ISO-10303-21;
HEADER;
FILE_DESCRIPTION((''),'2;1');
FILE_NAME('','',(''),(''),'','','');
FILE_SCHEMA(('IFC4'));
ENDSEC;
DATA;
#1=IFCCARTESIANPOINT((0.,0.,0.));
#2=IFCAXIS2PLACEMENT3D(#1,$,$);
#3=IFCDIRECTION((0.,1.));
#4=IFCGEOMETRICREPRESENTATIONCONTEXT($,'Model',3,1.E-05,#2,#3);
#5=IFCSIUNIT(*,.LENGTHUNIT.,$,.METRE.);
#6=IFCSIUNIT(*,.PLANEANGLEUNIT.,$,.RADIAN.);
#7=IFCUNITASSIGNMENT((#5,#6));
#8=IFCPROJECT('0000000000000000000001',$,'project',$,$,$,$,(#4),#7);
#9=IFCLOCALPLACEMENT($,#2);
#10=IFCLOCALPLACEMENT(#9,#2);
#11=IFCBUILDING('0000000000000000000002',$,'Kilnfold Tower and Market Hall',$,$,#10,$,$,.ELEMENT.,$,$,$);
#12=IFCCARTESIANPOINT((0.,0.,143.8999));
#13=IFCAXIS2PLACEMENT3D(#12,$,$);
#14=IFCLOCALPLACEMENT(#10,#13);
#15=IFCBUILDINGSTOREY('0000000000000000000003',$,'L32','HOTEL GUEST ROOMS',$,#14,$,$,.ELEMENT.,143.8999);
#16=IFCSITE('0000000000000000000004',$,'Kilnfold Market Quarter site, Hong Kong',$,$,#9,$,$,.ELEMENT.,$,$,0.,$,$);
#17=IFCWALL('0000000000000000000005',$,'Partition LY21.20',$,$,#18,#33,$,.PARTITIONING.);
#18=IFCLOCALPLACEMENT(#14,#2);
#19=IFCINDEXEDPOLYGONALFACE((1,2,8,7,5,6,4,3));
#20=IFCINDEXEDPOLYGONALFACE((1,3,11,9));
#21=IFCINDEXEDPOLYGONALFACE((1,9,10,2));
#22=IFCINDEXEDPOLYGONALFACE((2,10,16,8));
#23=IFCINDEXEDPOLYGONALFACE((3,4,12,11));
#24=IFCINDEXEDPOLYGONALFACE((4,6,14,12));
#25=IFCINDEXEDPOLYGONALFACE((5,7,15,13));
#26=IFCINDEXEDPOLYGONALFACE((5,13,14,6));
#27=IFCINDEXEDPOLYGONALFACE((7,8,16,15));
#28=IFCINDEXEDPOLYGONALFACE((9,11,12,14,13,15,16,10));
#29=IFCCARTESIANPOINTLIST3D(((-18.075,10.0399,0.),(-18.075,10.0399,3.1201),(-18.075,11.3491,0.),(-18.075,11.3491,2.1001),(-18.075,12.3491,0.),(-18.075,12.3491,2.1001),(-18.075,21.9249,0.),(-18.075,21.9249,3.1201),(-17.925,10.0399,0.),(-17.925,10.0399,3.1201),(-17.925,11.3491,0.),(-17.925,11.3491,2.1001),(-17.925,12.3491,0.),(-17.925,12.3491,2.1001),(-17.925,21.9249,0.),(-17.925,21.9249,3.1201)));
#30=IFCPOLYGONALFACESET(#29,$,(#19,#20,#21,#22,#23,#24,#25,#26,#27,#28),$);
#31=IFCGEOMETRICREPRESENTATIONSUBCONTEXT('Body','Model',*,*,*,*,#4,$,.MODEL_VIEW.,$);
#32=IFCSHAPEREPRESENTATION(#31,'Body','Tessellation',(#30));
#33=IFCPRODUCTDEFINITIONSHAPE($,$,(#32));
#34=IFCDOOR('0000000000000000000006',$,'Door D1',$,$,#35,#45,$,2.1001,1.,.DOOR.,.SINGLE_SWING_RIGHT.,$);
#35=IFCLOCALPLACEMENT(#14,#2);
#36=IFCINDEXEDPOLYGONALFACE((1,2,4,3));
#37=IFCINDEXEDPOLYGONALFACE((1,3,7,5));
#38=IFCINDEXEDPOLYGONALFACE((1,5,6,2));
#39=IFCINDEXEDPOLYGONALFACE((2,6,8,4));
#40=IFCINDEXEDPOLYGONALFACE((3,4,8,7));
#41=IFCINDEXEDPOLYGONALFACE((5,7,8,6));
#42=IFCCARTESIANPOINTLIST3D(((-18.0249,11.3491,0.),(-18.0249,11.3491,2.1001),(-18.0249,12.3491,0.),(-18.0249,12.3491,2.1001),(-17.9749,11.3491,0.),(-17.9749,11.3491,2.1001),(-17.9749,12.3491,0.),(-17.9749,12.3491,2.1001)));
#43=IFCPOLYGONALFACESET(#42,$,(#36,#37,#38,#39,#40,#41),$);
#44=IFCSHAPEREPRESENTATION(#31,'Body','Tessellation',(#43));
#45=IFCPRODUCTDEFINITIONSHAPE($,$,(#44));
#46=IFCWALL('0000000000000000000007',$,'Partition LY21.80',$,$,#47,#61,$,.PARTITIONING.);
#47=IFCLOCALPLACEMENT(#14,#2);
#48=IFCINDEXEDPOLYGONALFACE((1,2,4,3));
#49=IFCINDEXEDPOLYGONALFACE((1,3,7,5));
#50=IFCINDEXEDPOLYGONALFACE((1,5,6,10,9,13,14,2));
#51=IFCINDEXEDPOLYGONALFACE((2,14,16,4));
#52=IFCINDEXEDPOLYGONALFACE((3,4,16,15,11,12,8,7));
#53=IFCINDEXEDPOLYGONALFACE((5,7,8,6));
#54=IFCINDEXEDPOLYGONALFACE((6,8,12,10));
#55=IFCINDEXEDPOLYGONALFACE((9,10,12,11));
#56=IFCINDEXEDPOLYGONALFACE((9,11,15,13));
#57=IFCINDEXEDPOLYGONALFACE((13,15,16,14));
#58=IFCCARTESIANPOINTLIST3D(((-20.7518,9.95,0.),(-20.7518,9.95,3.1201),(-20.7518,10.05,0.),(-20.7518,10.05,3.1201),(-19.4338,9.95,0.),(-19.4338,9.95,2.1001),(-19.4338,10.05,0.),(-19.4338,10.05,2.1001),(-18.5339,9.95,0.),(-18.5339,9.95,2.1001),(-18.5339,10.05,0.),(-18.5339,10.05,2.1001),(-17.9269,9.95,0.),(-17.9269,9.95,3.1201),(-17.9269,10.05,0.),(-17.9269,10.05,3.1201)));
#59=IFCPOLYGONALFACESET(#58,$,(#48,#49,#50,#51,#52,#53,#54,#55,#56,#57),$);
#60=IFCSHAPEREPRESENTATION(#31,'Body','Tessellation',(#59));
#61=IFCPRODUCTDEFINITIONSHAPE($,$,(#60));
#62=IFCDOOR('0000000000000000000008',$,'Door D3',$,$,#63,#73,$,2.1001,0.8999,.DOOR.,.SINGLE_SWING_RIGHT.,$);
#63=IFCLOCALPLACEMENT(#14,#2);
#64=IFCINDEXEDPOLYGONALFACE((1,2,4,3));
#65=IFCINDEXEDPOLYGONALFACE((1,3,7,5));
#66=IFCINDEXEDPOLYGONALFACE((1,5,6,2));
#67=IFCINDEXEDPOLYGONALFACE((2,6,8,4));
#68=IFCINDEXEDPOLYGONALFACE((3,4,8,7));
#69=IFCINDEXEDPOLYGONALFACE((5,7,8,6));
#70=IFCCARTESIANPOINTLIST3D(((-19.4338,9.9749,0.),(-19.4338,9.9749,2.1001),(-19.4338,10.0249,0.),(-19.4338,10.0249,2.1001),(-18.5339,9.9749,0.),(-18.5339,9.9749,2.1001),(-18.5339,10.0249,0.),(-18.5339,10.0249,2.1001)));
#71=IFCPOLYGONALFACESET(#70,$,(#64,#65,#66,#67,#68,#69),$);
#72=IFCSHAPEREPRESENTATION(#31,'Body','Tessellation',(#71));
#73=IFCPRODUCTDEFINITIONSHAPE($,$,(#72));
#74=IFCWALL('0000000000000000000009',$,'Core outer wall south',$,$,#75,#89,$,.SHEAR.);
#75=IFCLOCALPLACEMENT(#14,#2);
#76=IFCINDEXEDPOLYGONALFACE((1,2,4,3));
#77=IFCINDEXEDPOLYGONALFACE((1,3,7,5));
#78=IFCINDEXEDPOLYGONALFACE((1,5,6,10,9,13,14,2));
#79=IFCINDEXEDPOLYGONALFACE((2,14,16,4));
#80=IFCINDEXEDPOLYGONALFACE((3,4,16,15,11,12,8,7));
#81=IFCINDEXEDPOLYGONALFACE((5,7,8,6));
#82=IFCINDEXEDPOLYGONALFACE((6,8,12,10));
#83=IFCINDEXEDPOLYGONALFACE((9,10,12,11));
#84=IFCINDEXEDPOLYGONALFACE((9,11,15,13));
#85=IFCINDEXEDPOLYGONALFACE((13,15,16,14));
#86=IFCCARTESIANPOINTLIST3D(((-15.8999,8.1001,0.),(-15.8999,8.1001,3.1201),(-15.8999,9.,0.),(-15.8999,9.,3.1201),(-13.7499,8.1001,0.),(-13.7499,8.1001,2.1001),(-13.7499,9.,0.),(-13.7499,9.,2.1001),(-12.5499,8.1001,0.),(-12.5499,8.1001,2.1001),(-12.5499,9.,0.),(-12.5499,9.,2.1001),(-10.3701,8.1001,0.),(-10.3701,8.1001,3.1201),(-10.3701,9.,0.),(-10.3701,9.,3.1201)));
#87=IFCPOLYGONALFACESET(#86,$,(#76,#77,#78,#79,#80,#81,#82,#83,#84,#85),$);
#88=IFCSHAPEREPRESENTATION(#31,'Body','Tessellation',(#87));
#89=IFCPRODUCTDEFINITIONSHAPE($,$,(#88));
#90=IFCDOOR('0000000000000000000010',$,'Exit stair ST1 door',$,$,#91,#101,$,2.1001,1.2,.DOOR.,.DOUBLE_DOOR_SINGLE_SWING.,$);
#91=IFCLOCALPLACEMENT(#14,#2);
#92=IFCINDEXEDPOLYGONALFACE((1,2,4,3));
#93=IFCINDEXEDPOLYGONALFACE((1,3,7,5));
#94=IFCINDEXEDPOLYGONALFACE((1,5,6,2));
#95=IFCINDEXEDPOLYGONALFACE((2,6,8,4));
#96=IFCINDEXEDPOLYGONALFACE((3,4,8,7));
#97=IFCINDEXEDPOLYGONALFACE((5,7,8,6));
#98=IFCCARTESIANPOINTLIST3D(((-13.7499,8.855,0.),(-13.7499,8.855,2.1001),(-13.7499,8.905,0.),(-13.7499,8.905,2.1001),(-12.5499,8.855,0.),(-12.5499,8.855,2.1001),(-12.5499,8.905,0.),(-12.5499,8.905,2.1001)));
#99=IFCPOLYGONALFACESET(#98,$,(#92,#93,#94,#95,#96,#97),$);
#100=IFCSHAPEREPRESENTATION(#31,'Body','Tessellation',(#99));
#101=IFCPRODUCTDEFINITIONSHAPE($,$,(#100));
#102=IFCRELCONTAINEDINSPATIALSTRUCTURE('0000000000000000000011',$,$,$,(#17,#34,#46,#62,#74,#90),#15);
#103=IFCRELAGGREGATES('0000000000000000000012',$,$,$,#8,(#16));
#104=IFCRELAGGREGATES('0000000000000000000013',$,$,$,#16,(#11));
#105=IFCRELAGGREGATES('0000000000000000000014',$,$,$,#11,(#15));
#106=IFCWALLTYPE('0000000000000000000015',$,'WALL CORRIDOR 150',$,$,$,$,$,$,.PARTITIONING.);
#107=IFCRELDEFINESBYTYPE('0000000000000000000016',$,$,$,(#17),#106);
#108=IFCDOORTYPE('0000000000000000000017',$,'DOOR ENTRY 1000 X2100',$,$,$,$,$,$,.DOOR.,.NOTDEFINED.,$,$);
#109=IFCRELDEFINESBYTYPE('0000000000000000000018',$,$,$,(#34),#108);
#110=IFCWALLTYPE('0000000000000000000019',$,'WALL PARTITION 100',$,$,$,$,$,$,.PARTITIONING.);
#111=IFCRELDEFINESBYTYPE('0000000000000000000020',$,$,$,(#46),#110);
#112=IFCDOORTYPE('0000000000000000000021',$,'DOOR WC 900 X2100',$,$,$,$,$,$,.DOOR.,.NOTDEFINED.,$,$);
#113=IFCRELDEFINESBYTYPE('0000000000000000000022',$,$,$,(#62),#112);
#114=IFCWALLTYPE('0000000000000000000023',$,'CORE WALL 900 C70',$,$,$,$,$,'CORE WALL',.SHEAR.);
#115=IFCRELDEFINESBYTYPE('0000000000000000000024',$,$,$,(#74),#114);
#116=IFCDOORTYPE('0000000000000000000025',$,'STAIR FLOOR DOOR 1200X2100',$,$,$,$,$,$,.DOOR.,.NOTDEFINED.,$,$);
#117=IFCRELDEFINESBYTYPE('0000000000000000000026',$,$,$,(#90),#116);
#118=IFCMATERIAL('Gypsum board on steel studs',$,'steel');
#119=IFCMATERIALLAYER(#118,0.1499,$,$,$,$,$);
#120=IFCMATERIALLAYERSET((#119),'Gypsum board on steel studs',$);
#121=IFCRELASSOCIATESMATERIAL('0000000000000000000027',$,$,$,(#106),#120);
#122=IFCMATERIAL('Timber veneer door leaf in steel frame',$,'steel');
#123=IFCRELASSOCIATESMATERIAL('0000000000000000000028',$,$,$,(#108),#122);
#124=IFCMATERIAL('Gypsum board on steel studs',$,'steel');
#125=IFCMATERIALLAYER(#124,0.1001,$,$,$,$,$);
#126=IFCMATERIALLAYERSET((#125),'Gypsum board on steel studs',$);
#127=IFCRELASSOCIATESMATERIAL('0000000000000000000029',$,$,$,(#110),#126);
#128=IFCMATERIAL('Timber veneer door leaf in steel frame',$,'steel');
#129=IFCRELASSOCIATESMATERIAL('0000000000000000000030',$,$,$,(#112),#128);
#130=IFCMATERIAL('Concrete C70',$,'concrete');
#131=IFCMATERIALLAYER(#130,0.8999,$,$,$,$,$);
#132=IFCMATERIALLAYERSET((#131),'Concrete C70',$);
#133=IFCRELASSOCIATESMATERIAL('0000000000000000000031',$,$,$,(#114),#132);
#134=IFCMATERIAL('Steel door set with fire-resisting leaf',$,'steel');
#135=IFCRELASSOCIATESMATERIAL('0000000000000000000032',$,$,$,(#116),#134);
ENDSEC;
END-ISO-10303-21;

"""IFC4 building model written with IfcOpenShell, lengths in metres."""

from ifc_helpers import new_model, si_unit, direction, frame, frame_2d, origin, place, context, subcontext, project, spatial, rectangle, extrude, source, transform, mapped, material, layer, layer_set, type_object, element, fill, save


model = new_model("IFC4")

# Units and contexts
model_context = context("Model", 3, precision=1e-05, world=origin(), true_north=direction((0.0, 1.0)))
body_context = subcontext(model_context, "Body", "Model", "MODEL_VIEW")
ifc_project = project(units=[si_unit("LENGTHUNIT", "METRE"), si_unit("PLANEANGLEUNIT", "RADIAN")], contexts=[model_context])

# Site, building, storey
site_placement = place(None, origin())
site = spatial("IfcSite", under=ifc_project, at=site_placement, Name="Kilnfold Market Quarter site, Hong Kong", CompositionType="ELEMENT", RefElevation=0.0)
building_placement = place(site_placement, origin())
building = spatial("IfcBuilding", under=site, at=building_placement, Name="Kilnfold Tower and Market Hall", CompositionType="ELEMENT")
storey_placement = place(building_placement, frame((0.0, 0.0, 143.8999)))
storey = spatial("IfcBuildingStorey", under=building, at=storey_placement, Name="L32", Description="HOTEL GUEST ROOMS", CompositionType="ELEMENT", Elevation=143.8999)

# Walls, openings, doors
ifc_material_1 = material(Name="Gypsum board on steel studs", Category="steel")
ifc_layer_1 = layer(ifc_material_1, 0.1499)
ifc_layer_set_1 = layer_set([ifc_layer_1], Name="Gypsum board on steel studs")
wall_type_1 = type_object("IfcWallType", Name="WALL CORRIDOR 150", PredefinedType="PARTITIONING", material=ifc_layer_set_1)
wall_1_placement = place(storey_placement, frame((-18.0, 10.04, 0.0), z_axis=(0.0, 0.0, 1.0), x_axis=(0.0, 1.0, 0.0)))
wall_1 = element("IfcWall", 1, at=wall_1_placement, inside=storey, type_object=wall_type_1, Name="Partition LY21.20", PredefinedType="PARTITIONING", context=body_context, shape_type="SweptSolid", body=[
    extrude(rectangle(XDim=11.885, YDim=0.1499, at=frame_2d((5.9424, 0.0))), origin(), (0.0, 0.0, 1.0), 3.1201),
])
opening_1_placement = place(wall_1_placement, frame((1.3091, 0.0, 0.0)))
opening_1 = element("IfcOpeningElement", 2, at=opening_1_placement, cuts=wall_1, PredefinedType="OPENING", context=body_context, shape_type="SweptSolid", body=[
    extrude(rectangle(XDim=1.0, YDim=2.1001, at=frame_2d((0.5, 1.05))), frame((0.0, 0.085, 0.0), z_axis=(0.0, -1.0, 0.0), x_axis=(1.0, 0.0, 0.0)), (0.0, 0.0, 1.0), 0.1699),
])
ifc_material_2 = material(Name="Timber veneer door leaf in steel frame", Category="steel")
door_type_1 = type_object("IfcDoorType", Name="DOOR ENTRY 1000 X2100", OperationType="NOTDEFINED", PredefinedType="DOOR", material=ifc_material_2)
door_1_placement = place(opening_1_placement, origin())
door_1 = element("IfcDoor", 3, at=door_1_placement, inside=storey, type_object=door_type_1, Name="Door D1", OperationType="SINGLE_SWING_RIGHT", OverallHeight=2.1001, OverallWidth=1.0, PredefinedType="DOOR", context=body_context, shape_type="SweptSolid", body=[
    extrude(rectangle(XDim=1.0, YDim=2.1001, at=frame_2d((0.5, 1.05))), frame((0.0, 0.0249, 0.0), z_axis=(0.0, -1.0, 0.0), x_axis=(1.0, 0.0, 0.0)), (0.0, 0.0, 1.0), 0.05),
])
fill(opening_1, door_1)
ifc_material_3 = material(Name="Gypsum board on steel studs", Category="steel")
ifc_layer_2 = layer(ifc_material_3, 0.1001)
ifc_layer_set_2 = layer_set([ifc_layer_2], Name="Gypsum board on steel studs")
wall_type_2 = type_object("IfcWallType", Name="WALL PARTITION 100", PredefinedType="PARTITIONING", material=ifc_layer_set_2)
wall_2_placement = place(storey_placement, frame((-20.752, 10.0, 0.0), z_axis=(0.0, 0.0, 1.0), x_axis=(1.0, 0.0, 0.0)))
wall_2 = element("IfcWall", 4, at=wall_2_placement, inside=storey, type_object=wall_type_2, Name="Partition LY21.80", PredefinedType="PARTITIONING", context=body_context, shape_type="SweptSolid", body=[
    extrude(rectangle(XDim=2.825, YDim=0.1001, at=frame_2d((1.4126, 0.0))), origin(), (0.0, 0.0, 1.0), 3.1201),
])
opening_2_placement = place(wall_2_placement, frame((1.3181, 0.0, 0.0)))
opening_2 = element("IfcOpeningElement", 5, at=opening_2_placement, cuts=wall_2, PredefinedType="OPENING", context=body_context, shape_type="SweptSolid", body=[
    extrude(rectangle(XDim=0.8999, YDim=2.1001, at=frame_2d((0.45, 1.05))), frame((0.0, 0.0601, 0.0), z_axis=(0.0, -1.0, 0.0), x_axis=(1.0, 0.0, 0.0)), (0.0, 0.0, 1.0), 0.1201),
])
ifc_material_4 = material(Name="Timber veneer door leaf in steel frame", Category="steel")
door_type_2 = type_object("IfcDoorType", Name="DOOR WC 900 X2100", OperationType="NOTDEFINED", PredefinedType="DOOR", material=ifc_material_4)
door_2_placement = place(opening_2_placement, origin())
door_2 = element("IfcDoor", 6, at=door_2_placement, inside=storey, type_object=door_type_2, Name="Door D3", OperationType="SINGLE_SWING_RIGHT", OverallHeight=2.1001, OverallWidth=0.8999, PredefinedType="DOOR", context=body_context, shape_type="SweptSolid", body=[
    extrude(rectangle(XDim=0.8999, YDim=2.1001, at=frame_2d((0.45, 1.05))), frame((0.0, 0.0249, 0.0), z_axis=(0.0, -1.0, 0.0), x_axis=(1.0, 0.0, 0.0)), (0.0, 0.0, 1.0), 0.05),
])
fill(opening_2, door_2)
ifc_material_5 = material(Name="Concrete C70", Category="concrete")
ifc_layer_3 = layer(ifc_material_5, 0.8999)
ifc_layer_set_3 = layer_set([ifc_layer_3], Name="Concrete C70")
wall_type_3 = type_object("IfcWallType", Name="CORE WALL 900 C70", ElementType="CORE WALL", PredefinedType="SHEAR", material=ifc_layer_set_3)
shared_shape_1 = source(origin(), body_context, "Body", "SweptSolid", [
    extrude(rectangle(XDim=5.5298, YDim=0.8999, at=frame_2d((2.7649, 0.0))), origin(), (0.0, 0.0, 1.0), 3.1201),
])
wall_3_placement = place(storey_placement, frame((-15.8999, 8.55, 0.0), z_axis=(0.0, 0.0, 1.0), x_axis=(1.0, 0.0, 0.0)))
wall_3 = element("IfcWall", 7, at=wall_3_placement, inside=storey, type_object=wall_type_3, Name="Core outer wall south", PredefinedType="SHEAR", context=body_context, shape_type="MappedRepresentation", body=[
    mapped(shared_shape_1, transform((0.0, 0.0, 0.0))),
])
opening_3_placement = place(wall_3_placement, frame((2.1499, 0.0, 0.0)))
opening_3 = element("IfcOpeningElement", 8, at=opening_3_placement, cuts=wall_3, PredefinedType="OPENING", context=body_context, shape_type="SweptSolid", body=[
    extrude(rectangle(XDim=1.2, YDim=2.1001, at=frame_2d((0.6001, 1.05))), frame((0.0, 0.46, 0.0), z_axis=(0.0, -1.0, 0.0), x_axis=(1.0, 0.0, 0.0)), (0.0, 0.0, 1.0), 0.9199),
])
ifc_material_6 = material(Name="Steel door set with fire-resisting leaf", Category="steel")
door_type_3 = type_object("IfcDoorType", Name="STAIR FLOOR DOOR 1200X2100", OperationType="NOTDEFINED", PredefinedType="DOOR", material=ifc_material_6)
door_3_placement = place(opening_3_placement, origin())
door_3 = element("IfcDoor", 9, at=door_3_placement, inside=storey, type_object=door_type_3, Name="Exit stair ST1 door", OperationType="DOUBLE_DOOR_SINGLE_SWING", OverallHeight=2.1001, OverallWidth=1.2, PredefinedType="DOOR", context=body_context, shape_type="SweptSolid", body=[
    extrude(rectangle(XDim=1.2, YDim=2.1001, at=frame_2d((0.6001, 1.05))), frame((0.0, 0.355, 0.0), z_axis=(0.0, -1.0, 0.0), x_axis=(1.0, 0.0, 0.0)), (0.0, 0.0, 1.0), 0.05),
])
fill(opening_3, door_3)

save(model, "model.ifc")
